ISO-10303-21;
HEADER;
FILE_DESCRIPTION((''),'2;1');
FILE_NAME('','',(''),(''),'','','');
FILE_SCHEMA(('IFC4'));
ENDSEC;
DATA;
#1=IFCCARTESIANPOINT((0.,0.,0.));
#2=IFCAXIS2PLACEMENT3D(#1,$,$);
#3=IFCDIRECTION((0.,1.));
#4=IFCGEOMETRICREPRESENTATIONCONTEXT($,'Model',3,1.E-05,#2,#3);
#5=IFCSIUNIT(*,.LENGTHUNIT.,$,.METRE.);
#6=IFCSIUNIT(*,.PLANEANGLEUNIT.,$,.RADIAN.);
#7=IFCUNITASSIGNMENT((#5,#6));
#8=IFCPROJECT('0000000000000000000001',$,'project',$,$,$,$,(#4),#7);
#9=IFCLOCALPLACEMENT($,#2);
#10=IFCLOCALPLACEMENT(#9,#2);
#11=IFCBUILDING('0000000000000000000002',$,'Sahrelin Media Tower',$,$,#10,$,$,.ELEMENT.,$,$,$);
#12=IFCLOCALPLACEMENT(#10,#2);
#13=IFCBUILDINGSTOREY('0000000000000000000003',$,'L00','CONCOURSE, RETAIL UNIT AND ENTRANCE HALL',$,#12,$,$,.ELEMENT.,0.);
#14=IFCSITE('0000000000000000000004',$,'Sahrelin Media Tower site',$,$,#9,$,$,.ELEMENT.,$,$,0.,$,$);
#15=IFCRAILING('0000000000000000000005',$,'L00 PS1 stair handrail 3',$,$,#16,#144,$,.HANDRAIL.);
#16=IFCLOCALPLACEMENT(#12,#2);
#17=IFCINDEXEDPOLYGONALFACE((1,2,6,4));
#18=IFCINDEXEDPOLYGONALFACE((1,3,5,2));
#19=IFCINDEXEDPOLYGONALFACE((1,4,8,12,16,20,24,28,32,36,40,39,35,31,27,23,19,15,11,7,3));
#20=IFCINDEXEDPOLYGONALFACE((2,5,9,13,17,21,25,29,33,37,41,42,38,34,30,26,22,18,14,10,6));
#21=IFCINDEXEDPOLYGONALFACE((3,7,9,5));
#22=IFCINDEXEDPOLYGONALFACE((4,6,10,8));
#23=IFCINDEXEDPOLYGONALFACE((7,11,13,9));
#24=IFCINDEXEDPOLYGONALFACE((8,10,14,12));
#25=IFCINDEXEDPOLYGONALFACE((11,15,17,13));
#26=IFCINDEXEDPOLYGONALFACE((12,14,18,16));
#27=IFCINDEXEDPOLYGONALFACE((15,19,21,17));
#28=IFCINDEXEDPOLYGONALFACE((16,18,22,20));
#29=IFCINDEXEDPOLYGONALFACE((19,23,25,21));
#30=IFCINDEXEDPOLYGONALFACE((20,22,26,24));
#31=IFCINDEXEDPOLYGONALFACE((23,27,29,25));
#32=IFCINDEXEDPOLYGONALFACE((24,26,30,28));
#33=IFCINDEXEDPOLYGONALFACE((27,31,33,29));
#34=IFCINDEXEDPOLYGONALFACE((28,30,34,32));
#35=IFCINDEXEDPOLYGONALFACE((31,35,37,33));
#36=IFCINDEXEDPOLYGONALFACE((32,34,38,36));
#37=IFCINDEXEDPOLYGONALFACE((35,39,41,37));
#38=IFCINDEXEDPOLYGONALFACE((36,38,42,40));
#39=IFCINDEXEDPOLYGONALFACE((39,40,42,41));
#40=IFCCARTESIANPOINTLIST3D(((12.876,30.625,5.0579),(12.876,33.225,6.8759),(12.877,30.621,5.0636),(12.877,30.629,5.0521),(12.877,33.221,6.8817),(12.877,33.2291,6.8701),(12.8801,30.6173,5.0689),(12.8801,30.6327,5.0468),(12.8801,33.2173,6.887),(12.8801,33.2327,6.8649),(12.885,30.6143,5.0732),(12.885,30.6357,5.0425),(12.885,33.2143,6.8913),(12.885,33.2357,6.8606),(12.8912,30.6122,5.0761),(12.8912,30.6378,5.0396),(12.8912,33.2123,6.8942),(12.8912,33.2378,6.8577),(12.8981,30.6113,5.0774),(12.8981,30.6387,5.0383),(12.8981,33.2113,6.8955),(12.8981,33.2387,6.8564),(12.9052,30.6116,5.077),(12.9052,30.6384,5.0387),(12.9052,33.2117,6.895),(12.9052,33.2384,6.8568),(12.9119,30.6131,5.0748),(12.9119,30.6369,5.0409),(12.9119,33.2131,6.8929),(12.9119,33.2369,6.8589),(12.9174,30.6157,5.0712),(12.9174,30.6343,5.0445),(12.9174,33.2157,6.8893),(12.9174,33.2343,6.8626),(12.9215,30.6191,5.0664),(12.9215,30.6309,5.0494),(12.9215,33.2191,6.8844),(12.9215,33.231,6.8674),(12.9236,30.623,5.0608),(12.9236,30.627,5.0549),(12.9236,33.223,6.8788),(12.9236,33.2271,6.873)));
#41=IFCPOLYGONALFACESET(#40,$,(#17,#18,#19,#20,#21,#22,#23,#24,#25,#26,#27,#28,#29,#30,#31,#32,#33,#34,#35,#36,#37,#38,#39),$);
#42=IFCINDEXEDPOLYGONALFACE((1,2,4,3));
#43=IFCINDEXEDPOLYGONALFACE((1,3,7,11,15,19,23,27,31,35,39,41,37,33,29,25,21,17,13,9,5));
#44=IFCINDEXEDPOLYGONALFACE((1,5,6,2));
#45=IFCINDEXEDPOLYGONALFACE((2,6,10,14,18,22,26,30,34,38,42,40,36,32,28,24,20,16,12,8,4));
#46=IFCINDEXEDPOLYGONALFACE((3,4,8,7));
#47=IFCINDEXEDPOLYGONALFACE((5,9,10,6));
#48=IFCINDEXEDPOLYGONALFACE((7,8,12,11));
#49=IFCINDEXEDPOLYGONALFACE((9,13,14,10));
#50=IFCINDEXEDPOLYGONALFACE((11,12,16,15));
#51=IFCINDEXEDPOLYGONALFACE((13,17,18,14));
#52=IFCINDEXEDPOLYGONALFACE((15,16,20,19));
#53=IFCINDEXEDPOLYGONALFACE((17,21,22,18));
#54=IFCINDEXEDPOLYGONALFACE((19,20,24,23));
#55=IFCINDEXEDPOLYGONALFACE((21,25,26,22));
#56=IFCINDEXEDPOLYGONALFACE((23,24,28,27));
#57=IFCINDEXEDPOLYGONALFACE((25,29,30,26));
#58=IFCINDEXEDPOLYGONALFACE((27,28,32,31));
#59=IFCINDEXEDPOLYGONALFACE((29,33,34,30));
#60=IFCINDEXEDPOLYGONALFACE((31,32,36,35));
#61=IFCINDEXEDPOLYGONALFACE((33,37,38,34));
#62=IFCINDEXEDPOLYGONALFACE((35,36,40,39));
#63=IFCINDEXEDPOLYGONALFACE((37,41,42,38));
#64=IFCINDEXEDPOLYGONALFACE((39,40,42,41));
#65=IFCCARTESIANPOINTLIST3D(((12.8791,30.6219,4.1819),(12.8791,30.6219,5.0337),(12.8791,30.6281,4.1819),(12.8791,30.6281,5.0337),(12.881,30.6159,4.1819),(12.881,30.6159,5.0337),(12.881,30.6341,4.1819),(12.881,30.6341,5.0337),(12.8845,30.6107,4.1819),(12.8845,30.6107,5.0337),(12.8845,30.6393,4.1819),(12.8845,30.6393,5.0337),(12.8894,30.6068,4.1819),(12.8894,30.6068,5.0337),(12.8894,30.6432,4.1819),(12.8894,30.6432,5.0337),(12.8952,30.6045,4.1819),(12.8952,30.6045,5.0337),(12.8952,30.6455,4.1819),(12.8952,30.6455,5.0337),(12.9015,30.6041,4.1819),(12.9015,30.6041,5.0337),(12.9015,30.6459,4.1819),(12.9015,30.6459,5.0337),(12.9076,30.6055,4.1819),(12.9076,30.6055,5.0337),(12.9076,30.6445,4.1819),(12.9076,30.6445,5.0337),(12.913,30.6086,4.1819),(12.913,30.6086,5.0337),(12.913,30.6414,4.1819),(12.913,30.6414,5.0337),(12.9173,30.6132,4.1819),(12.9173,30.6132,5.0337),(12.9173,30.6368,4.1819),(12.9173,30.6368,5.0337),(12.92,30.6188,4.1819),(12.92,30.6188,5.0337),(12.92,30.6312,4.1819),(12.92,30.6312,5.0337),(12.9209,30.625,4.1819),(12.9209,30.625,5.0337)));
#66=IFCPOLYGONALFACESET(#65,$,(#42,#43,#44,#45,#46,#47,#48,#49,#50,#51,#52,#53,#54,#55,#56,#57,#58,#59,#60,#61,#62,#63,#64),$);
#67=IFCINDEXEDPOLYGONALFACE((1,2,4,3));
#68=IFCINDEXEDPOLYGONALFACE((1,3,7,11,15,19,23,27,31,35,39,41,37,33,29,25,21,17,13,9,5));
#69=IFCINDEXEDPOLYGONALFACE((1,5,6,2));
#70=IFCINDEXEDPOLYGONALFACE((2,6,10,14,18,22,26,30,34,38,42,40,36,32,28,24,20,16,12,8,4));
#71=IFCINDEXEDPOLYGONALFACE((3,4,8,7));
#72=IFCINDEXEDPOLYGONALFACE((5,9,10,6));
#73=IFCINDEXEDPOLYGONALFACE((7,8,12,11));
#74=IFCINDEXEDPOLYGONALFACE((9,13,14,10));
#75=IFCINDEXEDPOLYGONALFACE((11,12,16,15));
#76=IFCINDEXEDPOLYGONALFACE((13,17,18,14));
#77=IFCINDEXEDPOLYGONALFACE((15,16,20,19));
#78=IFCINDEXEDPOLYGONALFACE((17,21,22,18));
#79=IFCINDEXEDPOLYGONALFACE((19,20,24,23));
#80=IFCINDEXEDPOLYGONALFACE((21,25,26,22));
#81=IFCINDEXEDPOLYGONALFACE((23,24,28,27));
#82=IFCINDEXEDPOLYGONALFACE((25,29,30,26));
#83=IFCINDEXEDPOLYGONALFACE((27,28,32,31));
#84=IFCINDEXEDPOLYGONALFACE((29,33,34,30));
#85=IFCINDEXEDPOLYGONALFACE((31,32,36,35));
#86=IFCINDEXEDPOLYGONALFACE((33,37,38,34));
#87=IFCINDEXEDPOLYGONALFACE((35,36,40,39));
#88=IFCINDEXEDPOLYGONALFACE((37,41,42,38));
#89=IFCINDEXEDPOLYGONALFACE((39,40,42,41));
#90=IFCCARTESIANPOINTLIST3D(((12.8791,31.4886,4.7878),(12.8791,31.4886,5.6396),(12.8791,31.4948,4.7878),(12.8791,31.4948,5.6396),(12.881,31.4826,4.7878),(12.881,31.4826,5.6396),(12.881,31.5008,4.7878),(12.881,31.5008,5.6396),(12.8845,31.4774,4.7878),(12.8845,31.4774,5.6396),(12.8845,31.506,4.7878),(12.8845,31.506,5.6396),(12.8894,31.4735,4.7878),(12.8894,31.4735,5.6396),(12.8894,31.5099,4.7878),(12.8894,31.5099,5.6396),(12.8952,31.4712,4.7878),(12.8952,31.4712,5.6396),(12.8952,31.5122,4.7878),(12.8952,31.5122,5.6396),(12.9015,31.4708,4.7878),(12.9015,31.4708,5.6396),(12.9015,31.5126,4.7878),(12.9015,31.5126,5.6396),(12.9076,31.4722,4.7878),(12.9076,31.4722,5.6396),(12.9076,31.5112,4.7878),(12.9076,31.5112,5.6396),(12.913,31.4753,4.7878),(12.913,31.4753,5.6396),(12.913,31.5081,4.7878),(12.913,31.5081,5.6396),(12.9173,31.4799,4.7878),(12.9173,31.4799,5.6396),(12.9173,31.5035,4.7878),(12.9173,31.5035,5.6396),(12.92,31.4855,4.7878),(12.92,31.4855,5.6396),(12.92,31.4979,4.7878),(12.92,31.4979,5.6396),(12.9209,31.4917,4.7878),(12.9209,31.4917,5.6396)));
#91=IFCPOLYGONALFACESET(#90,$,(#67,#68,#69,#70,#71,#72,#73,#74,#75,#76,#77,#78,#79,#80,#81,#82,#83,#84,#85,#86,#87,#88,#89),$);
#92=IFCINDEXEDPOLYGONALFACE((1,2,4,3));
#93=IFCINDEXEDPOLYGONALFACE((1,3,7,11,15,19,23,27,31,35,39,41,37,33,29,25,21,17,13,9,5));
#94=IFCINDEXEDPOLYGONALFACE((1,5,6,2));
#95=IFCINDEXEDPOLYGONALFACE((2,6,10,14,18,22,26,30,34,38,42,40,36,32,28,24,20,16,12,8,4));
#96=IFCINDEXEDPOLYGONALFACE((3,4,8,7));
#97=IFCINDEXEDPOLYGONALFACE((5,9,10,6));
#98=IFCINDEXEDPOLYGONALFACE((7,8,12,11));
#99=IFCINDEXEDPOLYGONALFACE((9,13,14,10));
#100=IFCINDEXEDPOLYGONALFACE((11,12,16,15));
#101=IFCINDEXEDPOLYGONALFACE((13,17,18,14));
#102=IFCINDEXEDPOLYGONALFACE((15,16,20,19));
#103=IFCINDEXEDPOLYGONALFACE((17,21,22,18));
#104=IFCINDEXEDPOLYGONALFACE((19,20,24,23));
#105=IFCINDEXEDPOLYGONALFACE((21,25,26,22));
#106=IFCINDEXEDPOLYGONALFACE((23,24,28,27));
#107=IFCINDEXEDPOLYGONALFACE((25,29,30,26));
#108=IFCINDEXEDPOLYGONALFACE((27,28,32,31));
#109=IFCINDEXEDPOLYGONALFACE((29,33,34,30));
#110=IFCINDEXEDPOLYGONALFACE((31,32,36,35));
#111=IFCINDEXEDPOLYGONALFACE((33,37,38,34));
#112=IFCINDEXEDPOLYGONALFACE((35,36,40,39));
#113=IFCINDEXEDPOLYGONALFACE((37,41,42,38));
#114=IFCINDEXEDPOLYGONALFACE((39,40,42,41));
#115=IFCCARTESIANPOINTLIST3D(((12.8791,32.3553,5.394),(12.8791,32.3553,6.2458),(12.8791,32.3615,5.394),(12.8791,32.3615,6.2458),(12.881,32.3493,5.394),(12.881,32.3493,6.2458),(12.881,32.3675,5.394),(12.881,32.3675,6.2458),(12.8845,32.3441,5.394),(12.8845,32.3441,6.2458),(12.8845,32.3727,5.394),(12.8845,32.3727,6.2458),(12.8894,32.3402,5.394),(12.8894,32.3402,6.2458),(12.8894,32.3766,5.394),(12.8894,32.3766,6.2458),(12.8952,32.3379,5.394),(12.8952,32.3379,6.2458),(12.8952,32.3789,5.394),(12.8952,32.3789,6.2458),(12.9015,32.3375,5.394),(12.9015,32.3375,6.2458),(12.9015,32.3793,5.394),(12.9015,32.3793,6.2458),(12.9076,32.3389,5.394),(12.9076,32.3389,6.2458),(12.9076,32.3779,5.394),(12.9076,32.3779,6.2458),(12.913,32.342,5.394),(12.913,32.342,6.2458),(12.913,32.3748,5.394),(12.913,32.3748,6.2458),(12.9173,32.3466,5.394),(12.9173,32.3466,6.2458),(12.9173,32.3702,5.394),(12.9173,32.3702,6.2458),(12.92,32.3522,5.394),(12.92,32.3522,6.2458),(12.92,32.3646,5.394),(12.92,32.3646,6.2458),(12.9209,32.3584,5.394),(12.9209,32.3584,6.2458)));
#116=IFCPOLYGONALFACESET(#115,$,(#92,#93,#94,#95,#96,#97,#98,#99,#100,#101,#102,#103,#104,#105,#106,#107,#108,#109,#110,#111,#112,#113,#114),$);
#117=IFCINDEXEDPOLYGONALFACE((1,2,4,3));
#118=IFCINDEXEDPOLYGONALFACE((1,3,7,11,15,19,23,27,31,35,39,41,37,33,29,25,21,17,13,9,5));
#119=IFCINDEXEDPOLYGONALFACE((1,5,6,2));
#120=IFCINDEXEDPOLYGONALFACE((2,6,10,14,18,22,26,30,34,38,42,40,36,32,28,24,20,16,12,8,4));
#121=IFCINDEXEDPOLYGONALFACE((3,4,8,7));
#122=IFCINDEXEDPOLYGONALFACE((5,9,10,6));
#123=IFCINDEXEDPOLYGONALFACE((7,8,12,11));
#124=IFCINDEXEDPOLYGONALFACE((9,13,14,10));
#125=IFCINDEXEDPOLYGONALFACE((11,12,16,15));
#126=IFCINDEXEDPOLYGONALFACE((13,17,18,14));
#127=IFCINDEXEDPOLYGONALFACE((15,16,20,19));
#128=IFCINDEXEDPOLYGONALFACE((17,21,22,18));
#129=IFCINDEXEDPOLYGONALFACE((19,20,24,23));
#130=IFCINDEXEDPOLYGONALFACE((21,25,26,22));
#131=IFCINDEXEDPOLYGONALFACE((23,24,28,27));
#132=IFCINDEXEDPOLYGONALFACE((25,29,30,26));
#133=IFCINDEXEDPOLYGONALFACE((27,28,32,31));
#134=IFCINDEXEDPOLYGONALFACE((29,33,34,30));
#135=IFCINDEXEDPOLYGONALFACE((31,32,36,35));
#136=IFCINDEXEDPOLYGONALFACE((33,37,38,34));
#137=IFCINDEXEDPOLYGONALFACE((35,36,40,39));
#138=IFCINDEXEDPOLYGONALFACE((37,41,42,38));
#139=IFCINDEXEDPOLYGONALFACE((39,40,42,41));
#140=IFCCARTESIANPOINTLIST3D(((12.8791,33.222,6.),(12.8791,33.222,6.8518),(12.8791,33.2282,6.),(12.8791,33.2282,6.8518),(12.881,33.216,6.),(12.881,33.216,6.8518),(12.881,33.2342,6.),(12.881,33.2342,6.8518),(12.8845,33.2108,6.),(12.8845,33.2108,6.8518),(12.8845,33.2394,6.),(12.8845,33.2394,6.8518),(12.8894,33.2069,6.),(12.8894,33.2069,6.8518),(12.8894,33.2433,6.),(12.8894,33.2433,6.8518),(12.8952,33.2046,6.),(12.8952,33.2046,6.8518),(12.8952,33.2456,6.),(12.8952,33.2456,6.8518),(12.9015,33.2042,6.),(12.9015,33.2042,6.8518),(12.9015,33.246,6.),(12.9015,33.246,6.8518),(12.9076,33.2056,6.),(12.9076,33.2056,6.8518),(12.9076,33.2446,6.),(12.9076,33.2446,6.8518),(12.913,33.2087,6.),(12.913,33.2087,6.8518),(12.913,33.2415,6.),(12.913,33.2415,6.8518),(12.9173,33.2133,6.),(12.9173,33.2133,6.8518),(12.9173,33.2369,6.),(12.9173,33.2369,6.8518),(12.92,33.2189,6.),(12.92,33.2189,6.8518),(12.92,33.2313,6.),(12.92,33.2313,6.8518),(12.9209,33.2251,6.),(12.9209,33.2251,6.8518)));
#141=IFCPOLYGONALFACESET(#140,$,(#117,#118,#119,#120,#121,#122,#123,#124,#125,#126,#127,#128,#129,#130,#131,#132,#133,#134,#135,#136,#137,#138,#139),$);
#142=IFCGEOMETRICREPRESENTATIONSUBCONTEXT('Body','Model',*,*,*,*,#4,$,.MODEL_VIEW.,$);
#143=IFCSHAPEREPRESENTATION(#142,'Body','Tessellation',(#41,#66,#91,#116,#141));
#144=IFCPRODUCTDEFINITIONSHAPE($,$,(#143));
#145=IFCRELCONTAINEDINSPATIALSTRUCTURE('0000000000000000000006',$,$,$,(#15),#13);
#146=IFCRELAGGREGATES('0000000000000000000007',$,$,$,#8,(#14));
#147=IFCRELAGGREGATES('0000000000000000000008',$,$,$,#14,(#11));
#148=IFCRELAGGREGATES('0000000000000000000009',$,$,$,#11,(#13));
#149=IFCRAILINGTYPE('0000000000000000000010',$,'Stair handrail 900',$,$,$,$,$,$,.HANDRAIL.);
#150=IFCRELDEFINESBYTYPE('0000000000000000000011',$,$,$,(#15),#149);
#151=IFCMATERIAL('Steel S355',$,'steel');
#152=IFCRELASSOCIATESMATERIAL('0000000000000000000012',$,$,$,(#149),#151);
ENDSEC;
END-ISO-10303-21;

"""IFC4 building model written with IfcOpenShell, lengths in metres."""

from ifc_helpers import new_model, si_unit, direction, frame, origin, origin_2d, place, context, subcontext, project, spatial, circle, extrude, material, type_object, element, save


model = new_model("IFC4")

# Units and contexts
model_context = context("Model", 3, precision=1e-05, world=origin(), true_north=direction((0.0, 1.0)))
body_context = subcontext(model_context, "Body", "Model", "MODEL_VIEW")
ifc_project = project(units=[si_unit("LENGTHUNIT", "METRE"), si_unit("PLANEANGLEUNIT", "RADIAN")], contexts=[model_context])

# Site, building, storey
site_placement = place(None, origin())
site = spatial("IfcSite", under=ifc_project, at=site_placement, Name="Sahrelin Media Tower site", CompositionType="ELEMENT", RefElevation=0.0)
building_placement = place(site_placement, origin())
building = spatial("IfcBuilding", under=site, at=building_placement, Name="Sahrelin Media Tower", CompositionType="ELEMENT")
storey_placement = place(building_placement, origin())
storey = spatial("IfcBuildingStorey", under=building, at=storey_placement, Name="L00", Description="CONCOURSE, RETAIL UNIT AND ENTRANCE HALL", CompositionType="ELEMENT", Elevation=0.0)

# Shared definitions
ifc_material_1 = material(Name="Steel S355", Category="steel")

# Railing
railing_type_1 = type_object("IfcRailingType", Name="Stair handrail 900", PredefinedType="HANDRAIL", material=ifc_material_1)
railing_1_placement = place(storey_placement, frame((12.8999, 30.625, 4.1819)))
element("IfcRailing", 1, at=railing_1_placement, inside=storey, type_object=railing_type_1, Name="L00 PS1 stair handrail 3", PredefinedType="HANDRAIL", context=body_context, shape_type="SweptSolid", body=[
    extrude(circle(Radius=0.0239, at=origin_2d()), frame((0.0, 0.0, 0.876), z_axis=(0.0, 0.819521, 0.573049), x_axis=(-1.0, 0.0, 0.0)), (0.0, 0.0, 1.0), 3.1726),
    extrude(circle(Radius=0.021, at=origin_2d()), origin(), (0.0, 0.0, 1.0), 0.8518),
    extrude(circle(Radius=0.021, at=origin_2d()), frame((0.0, 0.8667, 0.606)), (0.0, 0.0, 1.0), 0.8518),
    extrude(circle(Radius=0.021, at=origin_2d()), frame((0.0, 1.7334, 1.2122)), (0.0, 0.0, 1.0), 0.8518),
    extrude(circle(Radius=0.021, at=origin_2d()), frame((0.0, 2.6001, 1.8181)), (0.0, 0.0, 1.0), 0.8518),
])

save(model, "model.ifc")
